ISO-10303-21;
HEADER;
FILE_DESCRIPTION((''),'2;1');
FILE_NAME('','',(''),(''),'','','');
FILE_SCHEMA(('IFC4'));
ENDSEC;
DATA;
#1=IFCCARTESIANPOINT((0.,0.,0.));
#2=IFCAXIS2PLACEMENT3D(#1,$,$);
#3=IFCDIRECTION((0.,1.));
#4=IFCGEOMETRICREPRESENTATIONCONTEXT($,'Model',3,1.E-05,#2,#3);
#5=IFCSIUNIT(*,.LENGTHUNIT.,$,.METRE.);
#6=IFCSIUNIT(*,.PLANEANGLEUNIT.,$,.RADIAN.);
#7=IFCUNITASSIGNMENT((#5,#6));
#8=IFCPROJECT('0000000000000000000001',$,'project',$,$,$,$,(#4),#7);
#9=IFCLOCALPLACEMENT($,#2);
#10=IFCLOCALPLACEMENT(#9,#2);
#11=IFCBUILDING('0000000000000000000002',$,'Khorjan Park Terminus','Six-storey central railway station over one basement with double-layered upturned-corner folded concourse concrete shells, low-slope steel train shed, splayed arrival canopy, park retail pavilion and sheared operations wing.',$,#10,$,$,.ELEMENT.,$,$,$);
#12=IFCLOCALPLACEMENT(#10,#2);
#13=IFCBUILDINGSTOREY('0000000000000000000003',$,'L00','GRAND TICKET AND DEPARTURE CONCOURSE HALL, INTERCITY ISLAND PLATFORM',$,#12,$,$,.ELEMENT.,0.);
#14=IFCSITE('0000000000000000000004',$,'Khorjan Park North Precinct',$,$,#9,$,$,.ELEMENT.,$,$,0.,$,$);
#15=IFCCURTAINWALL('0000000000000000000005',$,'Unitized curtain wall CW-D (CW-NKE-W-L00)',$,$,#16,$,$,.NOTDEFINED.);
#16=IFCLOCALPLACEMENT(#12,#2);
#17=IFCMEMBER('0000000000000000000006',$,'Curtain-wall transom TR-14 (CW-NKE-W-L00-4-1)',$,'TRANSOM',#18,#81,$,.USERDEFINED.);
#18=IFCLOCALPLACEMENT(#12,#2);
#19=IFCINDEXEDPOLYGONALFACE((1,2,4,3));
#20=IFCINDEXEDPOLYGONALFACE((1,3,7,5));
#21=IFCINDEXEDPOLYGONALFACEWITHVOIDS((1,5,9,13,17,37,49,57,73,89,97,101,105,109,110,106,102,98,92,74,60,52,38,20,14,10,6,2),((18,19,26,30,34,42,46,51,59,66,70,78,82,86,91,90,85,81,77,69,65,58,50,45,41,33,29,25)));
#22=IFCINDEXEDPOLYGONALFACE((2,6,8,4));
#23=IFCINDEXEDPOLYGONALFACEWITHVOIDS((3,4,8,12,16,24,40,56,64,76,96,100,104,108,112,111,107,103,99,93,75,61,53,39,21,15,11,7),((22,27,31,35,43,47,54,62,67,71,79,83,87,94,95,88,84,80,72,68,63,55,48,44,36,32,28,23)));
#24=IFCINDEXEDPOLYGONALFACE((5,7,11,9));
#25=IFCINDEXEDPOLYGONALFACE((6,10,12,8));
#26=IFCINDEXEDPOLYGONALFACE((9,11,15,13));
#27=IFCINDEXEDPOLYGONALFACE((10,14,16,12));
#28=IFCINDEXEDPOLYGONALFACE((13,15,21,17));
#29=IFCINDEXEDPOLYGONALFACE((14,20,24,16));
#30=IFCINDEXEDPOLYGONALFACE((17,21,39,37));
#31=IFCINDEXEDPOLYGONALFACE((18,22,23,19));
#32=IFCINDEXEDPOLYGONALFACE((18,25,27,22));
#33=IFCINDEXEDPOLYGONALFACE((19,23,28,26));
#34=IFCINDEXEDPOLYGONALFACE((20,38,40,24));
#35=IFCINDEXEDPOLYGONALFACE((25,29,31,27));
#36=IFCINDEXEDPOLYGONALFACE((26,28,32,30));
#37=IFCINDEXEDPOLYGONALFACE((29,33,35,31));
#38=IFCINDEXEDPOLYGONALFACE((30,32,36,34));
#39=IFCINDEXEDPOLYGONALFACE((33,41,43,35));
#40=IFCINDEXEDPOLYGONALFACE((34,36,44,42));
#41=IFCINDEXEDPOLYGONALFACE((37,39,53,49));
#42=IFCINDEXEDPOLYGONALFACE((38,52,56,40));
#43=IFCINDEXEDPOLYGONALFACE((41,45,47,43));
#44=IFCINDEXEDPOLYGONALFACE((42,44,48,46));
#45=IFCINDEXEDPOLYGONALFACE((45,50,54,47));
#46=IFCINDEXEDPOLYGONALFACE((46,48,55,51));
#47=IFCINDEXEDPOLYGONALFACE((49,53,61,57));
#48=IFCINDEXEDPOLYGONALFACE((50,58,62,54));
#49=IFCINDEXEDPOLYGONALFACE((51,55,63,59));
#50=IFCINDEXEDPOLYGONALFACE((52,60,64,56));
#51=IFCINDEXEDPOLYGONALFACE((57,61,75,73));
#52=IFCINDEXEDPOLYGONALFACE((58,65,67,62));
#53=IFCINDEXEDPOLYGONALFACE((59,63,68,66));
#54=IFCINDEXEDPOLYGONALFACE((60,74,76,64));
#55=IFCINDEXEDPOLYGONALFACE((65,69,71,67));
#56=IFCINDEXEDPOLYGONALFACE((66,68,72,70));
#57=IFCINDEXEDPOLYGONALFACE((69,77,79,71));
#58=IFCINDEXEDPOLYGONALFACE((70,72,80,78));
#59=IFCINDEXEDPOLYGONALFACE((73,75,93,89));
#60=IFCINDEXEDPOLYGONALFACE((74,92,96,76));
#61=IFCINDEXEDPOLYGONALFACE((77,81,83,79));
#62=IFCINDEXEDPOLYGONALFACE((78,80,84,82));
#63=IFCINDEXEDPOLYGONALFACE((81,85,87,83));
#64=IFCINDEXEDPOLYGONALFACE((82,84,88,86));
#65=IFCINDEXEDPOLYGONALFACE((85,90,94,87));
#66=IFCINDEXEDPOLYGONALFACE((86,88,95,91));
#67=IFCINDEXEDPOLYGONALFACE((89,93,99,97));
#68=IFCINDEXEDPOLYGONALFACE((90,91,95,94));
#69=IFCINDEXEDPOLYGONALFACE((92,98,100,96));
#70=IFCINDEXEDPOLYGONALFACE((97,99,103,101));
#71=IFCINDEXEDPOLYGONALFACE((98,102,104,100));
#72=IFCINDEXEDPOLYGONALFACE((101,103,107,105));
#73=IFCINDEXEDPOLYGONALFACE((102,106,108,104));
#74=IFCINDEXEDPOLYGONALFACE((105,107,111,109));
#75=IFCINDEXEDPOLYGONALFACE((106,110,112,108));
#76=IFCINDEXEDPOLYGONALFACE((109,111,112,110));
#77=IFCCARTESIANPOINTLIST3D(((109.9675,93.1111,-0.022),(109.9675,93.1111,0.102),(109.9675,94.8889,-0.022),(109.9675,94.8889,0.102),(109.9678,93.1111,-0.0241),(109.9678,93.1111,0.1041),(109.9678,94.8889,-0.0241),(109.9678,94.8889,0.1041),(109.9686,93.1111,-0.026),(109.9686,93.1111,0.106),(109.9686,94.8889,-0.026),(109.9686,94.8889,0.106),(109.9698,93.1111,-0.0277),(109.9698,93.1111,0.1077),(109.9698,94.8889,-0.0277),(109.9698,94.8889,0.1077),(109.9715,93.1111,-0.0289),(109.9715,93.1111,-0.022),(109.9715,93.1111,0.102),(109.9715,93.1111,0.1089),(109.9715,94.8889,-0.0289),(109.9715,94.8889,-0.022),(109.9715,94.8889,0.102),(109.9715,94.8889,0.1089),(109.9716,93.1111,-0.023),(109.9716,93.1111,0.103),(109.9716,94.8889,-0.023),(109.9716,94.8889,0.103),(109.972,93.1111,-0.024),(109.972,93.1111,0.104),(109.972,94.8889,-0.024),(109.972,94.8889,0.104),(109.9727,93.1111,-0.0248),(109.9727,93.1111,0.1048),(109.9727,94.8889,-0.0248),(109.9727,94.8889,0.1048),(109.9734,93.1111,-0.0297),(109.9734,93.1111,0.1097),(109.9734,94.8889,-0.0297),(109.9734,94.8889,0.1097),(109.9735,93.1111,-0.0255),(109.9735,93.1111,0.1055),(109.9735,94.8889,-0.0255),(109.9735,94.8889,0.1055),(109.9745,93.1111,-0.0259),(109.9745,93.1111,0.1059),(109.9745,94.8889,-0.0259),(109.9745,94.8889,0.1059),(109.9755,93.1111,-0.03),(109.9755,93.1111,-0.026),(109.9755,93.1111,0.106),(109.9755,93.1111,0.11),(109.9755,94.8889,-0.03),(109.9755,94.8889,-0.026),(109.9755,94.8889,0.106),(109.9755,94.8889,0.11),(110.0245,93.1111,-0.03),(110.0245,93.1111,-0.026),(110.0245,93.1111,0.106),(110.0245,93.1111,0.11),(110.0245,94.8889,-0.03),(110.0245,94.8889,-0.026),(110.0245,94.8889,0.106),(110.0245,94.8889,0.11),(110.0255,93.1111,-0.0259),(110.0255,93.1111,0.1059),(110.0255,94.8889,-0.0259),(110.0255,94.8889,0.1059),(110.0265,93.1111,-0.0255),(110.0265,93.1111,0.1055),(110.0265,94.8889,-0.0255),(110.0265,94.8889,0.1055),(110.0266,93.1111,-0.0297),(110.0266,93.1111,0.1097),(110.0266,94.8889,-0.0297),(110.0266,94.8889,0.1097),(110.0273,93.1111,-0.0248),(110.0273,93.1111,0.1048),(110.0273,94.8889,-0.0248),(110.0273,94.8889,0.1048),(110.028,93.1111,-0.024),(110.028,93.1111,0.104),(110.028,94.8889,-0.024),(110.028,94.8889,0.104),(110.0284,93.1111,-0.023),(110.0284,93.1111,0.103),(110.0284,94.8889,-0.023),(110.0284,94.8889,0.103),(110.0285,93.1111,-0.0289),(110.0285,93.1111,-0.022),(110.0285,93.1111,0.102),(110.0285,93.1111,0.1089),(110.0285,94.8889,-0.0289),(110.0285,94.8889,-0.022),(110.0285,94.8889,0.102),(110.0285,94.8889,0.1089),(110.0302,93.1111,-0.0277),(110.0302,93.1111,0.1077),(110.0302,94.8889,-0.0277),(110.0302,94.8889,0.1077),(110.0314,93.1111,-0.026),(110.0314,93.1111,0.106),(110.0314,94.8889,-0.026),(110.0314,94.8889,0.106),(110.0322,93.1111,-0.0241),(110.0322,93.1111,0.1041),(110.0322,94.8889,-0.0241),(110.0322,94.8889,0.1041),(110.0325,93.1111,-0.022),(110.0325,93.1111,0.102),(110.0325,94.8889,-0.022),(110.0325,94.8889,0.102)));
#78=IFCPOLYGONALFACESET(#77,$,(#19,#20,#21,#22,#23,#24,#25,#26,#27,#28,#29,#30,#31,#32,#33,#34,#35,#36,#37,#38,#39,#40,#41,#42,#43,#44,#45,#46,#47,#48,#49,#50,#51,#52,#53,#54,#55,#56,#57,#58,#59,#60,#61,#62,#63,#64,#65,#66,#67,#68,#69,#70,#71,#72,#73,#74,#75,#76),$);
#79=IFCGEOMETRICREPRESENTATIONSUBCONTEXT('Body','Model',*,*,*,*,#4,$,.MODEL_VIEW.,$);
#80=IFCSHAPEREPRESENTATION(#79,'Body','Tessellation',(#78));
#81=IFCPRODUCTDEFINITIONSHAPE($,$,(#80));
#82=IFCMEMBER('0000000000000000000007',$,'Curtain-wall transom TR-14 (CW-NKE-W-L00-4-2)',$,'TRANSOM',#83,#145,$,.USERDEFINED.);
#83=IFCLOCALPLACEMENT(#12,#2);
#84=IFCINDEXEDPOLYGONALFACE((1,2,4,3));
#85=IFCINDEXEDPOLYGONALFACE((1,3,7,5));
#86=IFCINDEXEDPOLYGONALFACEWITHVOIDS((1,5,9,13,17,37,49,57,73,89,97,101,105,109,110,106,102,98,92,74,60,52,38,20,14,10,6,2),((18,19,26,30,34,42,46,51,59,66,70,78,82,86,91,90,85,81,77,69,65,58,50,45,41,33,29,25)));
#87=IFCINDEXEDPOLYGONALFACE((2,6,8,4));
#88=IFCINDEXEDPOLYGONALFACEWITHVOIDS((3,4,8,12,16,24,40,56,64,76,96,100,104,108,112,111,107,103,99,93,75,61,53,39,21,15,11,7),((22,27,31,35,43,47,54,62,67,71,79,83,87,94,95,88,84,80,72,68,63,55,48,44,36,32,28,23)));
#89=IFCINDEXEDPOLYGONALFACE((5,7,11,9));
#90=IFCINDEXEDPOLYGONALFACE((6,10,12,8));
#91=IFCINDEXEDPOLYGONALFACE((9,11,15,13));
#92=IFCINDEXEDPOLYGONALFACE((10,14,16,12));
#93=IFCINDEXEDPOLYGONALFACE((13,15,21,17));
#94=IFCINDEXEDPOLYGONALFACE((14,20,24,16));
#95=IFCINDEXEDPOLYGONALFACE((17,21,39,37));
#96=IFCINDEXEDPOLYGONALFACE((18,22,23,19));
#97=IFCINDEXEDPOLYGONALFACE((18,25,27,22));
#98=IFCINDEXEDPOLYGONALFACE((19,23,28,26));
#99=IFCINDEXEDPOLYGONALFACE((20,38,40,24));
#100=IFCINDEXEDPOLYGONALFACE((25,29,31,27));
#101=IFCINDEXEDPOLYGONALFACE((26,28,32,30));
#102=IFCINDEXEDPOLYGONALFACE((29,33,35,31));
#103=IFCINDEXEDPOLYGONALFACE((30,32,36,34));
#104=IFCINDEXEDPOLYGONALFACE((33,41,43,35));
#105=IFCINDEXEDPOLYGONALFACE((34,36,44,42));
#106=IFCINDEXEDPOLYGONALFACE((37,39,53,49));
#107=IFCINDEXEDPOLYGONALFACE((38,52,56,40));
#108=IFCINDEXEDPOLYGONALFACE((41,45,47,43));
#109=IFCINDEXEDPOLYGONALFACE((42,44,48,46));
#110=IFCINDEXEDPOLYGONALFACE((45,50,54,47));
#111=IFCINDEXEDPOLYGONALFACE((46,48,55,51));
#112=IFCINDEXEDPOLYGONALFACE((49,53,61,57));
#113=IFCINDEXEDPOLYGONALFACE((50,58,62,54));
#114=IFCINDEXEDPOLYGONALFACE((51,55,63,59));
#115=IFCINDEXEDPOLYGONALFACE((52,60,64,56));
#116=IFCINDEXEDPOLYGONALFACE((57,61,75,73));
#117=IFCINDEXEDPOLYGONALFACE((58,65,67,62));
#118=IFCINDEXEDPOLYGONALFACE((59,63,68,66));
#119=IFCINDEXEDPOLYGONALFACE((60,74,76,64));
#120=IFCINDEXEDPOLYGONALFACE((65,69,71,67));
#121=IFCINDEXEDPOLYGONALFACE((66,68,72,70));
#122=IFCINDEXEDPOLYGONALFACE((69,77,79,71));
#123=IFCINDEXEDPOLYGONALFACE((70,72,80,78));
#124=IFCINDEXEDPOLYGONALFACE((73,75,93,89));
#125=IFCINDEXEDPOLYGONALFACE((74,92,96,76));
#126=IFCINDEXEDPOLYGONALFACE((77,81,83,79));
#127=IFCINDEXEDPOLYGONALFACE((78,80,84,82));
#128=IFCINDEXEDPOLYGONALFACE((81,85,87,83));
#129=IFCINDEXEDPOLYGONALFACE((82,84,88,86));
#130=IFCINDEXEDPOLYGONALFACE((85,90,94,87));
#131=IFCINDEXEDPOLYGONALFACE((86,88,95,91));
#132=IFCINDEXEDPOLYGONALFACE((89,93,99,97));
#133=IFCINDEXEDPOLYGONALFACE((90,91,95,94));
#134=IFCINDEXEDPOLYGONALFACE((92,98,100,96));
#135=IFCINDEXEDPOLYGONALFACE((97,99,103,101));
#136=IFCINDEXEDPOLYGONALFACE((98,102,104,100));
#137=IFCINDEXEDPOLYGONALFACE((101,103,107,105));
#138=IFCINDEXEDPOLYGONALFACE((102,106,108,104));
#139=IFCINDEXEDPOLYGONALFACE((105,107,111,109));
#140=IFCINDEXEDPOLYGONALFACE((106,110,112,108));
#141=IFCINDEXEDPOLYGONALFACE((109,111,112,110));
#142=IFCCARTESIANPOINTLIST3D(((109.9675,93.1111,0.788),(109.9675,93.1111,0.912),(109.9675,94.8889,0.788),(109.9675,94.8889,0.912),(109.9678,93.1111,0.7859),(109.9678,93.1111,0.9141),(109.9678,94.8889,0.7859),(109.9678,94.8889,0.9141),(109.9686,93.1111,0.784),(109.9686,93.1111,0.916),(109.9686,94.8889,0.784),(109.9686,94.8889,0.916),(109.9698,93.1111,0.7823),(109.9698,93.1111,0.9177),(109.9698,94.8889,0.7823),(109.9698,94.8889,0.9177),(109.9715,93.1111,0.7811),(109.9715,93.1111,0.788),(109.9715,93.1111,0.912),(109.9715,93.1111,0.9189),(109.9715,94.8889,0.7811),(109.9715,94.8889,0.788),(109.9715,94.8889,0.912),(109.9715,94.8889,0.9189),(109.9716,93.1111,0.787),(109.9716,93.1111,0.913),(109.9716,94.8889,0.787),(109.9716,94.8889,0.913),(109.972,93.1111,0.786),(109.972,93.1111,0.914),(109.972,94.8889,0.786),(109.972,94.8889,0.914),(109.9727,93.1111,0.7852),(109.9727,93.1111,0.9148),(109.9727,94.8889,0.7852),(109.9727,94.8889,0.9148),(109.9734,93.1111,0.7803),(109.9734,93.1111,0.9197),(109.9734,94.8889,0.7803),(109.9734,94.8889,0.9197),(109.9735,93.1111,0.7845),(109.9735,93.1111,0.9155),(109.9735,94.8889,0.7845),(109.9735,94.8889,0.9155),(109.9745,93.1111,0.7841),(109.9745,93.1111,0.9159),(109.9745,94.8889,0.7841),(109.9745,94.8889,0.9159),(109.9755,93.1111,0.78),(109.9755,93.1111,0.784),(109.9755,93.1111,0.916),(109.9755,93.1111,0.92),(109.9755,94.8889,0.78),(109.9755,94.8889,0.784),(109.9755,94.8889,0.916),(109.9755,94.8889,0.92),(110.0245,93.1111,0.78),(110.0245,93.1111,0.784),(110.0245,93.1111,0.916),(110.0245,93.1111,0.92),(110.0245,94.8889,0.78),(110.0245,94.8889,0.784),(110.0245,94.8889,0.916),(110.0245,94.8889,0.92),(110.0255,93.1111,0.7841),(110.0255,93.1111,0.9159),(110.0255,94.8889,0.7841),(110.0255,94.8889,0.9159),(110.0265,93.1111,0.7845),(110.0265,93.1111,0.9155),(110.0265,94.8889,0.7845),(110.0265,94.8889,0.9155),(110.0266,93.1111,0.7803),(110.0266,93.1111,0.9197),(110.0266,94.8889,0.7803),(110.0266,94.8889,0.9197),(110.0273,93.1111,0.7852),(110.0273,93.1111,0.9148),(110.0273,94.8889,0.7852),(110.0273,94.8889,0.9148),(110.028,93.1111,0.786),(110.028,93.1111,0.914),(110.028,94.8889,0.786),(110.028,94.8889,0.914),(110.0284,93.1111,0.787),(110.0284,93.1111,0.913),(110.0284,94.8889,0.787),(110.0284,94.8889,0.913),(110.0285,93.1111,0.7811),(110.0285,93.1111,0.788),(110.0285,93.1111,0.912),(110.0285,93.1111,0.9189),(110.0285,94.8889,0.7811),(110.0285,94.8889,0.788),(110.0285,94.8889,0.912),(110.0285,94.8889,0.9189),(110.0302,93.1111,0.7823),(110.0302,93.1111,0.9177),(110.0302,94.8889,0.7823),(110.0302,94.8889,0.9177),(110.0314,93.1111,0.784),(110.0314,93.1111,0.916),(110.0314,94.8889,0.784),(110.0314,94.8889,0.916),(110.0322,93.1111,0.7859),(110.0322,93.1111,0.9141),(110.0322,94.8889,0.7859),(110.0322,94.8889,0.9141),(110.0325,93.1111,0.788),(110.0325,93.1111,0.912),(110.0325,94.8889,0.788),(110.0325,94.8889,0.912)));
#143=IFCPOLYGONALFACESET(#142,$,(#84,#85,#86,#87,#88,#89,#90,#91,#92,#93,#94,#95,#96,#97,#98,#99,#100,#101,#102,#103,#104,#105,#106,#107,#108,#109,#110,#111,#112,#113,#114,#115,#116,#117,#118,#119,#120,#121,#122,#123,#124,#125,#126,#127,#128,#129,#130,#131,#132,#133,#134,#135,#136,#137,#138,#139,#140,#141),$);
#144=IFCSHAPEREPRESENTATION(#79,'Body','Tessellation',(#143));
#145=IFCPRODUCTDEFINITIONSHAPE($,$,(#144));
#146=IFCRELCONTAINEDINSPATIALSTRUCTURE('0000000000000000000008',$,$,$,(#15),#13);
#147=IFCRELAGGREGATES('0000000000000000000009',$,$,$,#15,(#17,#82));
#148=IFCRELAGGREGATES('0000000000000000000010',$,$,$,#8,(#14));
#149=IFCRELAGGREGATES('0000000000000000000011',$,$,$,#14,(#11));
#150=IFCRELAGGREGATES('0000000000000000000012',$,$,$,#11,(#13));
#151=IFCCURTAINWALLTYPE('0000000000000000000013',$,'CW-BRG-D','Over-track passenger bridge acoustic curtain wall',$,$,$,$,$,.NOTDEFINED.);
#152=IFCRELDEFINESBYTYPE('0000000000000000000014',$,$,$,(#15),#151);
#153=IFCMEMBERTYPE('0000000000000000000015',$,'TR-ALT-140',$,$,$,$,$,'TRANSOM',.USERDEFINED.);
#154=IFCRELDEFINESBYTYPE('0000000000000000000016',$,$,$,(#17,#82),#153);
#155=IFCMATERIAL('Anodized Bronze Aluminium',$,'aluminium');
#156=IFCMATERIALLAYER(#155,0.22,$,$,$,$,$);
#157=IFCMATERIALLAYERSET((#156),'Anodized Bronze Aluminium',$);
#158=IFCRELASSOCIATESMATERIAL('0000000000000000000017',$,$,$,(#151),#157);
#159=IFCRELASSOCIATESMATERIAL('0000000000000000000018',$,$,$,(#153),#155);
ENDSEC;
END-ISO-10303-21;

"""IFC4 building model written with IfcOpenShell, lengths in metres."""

from ifc_helpers import new_model, si_unit, direction, frame, origin, origin_2d, place, context, subcontext, project, spatial, hollow_rectangle, extrude, material, layer, layer_set, material_profile, profile_set, type_object, element, aggregate, save


model = new_model("IFC4")

# Units and contexts
model_context = context("Model", 3, precision=1e-05, world=origin(), true_north=direction((0.0, 1.0)))
body_context = subcontext(model_context, "Body", "Model", "MODEL_VIEW")
ifc_project = project(units=[si_unit("LENGTHUNIT", "METRE"), si_unit("PLANEANGLEUNIT", "RADIAN")], contexts=[model_context])

# Site, building, storey
site_placement = place(None, origin())
site = spatial("IfcSite", under=ifc_project, at=site_placement, Name="Khorjan Park North Precinct", CompositionType="ELEMENT", RefElevation=0.0)
building_placement = place(site_placement, origin())
building = spatial("IfcBuilding", under=site, at=building_placement, Name="Khorjan Park Terminus", Description="Six-storey central railway station over one basement with double-layered upturned-corner folded concourse concrete shells, low-slope steel train shed, splayed arrival canopy, park retail pavilion and sheared operations wing.", CompositionType="ELEMENT")
storey_placement = place(building_placement, origin())
storey = spatial("IfcBuildingStorey", under=building, at=storey_placement, Name="L00", Description="GRAND TICKET AND DEPARTURE CONCOURSE HALL, INTERCITY ISLAND PLATFORM", CompositionType="ELEMENT", Elevation=0.0)

# Curtain wall, members
ifc_material_1 = material(Name="Anodized Bronze Aluminium", Category="aluminium")
ifc_layer_1 = layer(ifc_material_1, 0.22)
ifc_layer_set_1 = layer_set([ifc_layer_1], Name="Anodized Bronze Aluminium")
curtain_wall_type = type_object("IfcCurtainWallType", Name="CW-BRG-D", Description="Over-track passenger bridge acoustic curtain wall", PredefinedType="NOTDEFINED", material=ifc_layer_set_1)
curtain_wall_placement = place(storey_placement, origin())
curtain_wall = element("IfcCurtainWall", 1, at=curtain_wall_placement, inside=storey, type_object=curtain_wall_type, Name="Unitized curtain wall CW-D (CW-NKE-W-L00)", PredefinedType="NOTDEFINED")
ifc_material_profile_1 = material_profile(ifc_material_1, hollow_rectangle(XDim=0.065, YDim=0.14, WallThickness=0.004, InnerFilletRadius=0.004, OuterFilletRadius=0.008, at=origin_2d()), Name="ALT 65x140x4")
ifc_profile_set_1 = profile_set([ifc_material_profile_1], Name="Anodized Bronze Aluminium")
member_type_1 = type_object("IfcMemberType", Name="TR-ALT-140", ElementType="TRANSOM", PredefinedType="USERDEFINED", material=ifc_profile_set_1)
member_1_placement = place(storey_placement, frame((110.0, 94.8889, 0.04), z_axis=(0.0, -1.0, 0.0), x_axis=(1.0, 0.0, 0.0)))
member_1 = element("IfcMember", 2, at=member_1_placement, type_object=member_type_1, Name="Curtain-wall transom TR-14 (CW-NKE-W-L00-4-1)", ObjectType="TRANSOM", PredefinedType="USERDEFINED", context=body_context, shape_type="SweptSolid", body=[
    extrude(hollow_rectangle(XDim=0.065, YDim=0.14, WallThickness=0.004, InnerFilletRadius=0.004, OuterFilletRadius=0.008, at=origin_2d()), origin(), (0.0, 0.0, 1.0), 1.7778),
])
member_2_placement = place(storey_placement, frame((110.0, 94.8889, 0.85), z_axis=(0.0, -1.0, 0.0), x_axis=(1.0, 0.0, 0.0)))
member_2 = element("IfcMember", 3, at=member_2_placement, type_object=member_type_1, Name="Curtain-wall transom TR-14 (CW-NKE-W-L00-4-2)", ObjectType="TRANSOM", PredefinedType="USERDEFINED", context=body_context, shape_type="SweptSolid", body=[
    extrude(hollow_rectangle(XDim=0.065, YDim=0.14, WallThickness=0.004, InnerFilletRadius=0.004, OuterFilletRadius=0.008, at=origin_2d()), origin(), (0.0, 0.0, 1.0), 1.7778),
])
aggregate(curtain_wall, [member_1, member_2])

save(model, "model.ifc")
